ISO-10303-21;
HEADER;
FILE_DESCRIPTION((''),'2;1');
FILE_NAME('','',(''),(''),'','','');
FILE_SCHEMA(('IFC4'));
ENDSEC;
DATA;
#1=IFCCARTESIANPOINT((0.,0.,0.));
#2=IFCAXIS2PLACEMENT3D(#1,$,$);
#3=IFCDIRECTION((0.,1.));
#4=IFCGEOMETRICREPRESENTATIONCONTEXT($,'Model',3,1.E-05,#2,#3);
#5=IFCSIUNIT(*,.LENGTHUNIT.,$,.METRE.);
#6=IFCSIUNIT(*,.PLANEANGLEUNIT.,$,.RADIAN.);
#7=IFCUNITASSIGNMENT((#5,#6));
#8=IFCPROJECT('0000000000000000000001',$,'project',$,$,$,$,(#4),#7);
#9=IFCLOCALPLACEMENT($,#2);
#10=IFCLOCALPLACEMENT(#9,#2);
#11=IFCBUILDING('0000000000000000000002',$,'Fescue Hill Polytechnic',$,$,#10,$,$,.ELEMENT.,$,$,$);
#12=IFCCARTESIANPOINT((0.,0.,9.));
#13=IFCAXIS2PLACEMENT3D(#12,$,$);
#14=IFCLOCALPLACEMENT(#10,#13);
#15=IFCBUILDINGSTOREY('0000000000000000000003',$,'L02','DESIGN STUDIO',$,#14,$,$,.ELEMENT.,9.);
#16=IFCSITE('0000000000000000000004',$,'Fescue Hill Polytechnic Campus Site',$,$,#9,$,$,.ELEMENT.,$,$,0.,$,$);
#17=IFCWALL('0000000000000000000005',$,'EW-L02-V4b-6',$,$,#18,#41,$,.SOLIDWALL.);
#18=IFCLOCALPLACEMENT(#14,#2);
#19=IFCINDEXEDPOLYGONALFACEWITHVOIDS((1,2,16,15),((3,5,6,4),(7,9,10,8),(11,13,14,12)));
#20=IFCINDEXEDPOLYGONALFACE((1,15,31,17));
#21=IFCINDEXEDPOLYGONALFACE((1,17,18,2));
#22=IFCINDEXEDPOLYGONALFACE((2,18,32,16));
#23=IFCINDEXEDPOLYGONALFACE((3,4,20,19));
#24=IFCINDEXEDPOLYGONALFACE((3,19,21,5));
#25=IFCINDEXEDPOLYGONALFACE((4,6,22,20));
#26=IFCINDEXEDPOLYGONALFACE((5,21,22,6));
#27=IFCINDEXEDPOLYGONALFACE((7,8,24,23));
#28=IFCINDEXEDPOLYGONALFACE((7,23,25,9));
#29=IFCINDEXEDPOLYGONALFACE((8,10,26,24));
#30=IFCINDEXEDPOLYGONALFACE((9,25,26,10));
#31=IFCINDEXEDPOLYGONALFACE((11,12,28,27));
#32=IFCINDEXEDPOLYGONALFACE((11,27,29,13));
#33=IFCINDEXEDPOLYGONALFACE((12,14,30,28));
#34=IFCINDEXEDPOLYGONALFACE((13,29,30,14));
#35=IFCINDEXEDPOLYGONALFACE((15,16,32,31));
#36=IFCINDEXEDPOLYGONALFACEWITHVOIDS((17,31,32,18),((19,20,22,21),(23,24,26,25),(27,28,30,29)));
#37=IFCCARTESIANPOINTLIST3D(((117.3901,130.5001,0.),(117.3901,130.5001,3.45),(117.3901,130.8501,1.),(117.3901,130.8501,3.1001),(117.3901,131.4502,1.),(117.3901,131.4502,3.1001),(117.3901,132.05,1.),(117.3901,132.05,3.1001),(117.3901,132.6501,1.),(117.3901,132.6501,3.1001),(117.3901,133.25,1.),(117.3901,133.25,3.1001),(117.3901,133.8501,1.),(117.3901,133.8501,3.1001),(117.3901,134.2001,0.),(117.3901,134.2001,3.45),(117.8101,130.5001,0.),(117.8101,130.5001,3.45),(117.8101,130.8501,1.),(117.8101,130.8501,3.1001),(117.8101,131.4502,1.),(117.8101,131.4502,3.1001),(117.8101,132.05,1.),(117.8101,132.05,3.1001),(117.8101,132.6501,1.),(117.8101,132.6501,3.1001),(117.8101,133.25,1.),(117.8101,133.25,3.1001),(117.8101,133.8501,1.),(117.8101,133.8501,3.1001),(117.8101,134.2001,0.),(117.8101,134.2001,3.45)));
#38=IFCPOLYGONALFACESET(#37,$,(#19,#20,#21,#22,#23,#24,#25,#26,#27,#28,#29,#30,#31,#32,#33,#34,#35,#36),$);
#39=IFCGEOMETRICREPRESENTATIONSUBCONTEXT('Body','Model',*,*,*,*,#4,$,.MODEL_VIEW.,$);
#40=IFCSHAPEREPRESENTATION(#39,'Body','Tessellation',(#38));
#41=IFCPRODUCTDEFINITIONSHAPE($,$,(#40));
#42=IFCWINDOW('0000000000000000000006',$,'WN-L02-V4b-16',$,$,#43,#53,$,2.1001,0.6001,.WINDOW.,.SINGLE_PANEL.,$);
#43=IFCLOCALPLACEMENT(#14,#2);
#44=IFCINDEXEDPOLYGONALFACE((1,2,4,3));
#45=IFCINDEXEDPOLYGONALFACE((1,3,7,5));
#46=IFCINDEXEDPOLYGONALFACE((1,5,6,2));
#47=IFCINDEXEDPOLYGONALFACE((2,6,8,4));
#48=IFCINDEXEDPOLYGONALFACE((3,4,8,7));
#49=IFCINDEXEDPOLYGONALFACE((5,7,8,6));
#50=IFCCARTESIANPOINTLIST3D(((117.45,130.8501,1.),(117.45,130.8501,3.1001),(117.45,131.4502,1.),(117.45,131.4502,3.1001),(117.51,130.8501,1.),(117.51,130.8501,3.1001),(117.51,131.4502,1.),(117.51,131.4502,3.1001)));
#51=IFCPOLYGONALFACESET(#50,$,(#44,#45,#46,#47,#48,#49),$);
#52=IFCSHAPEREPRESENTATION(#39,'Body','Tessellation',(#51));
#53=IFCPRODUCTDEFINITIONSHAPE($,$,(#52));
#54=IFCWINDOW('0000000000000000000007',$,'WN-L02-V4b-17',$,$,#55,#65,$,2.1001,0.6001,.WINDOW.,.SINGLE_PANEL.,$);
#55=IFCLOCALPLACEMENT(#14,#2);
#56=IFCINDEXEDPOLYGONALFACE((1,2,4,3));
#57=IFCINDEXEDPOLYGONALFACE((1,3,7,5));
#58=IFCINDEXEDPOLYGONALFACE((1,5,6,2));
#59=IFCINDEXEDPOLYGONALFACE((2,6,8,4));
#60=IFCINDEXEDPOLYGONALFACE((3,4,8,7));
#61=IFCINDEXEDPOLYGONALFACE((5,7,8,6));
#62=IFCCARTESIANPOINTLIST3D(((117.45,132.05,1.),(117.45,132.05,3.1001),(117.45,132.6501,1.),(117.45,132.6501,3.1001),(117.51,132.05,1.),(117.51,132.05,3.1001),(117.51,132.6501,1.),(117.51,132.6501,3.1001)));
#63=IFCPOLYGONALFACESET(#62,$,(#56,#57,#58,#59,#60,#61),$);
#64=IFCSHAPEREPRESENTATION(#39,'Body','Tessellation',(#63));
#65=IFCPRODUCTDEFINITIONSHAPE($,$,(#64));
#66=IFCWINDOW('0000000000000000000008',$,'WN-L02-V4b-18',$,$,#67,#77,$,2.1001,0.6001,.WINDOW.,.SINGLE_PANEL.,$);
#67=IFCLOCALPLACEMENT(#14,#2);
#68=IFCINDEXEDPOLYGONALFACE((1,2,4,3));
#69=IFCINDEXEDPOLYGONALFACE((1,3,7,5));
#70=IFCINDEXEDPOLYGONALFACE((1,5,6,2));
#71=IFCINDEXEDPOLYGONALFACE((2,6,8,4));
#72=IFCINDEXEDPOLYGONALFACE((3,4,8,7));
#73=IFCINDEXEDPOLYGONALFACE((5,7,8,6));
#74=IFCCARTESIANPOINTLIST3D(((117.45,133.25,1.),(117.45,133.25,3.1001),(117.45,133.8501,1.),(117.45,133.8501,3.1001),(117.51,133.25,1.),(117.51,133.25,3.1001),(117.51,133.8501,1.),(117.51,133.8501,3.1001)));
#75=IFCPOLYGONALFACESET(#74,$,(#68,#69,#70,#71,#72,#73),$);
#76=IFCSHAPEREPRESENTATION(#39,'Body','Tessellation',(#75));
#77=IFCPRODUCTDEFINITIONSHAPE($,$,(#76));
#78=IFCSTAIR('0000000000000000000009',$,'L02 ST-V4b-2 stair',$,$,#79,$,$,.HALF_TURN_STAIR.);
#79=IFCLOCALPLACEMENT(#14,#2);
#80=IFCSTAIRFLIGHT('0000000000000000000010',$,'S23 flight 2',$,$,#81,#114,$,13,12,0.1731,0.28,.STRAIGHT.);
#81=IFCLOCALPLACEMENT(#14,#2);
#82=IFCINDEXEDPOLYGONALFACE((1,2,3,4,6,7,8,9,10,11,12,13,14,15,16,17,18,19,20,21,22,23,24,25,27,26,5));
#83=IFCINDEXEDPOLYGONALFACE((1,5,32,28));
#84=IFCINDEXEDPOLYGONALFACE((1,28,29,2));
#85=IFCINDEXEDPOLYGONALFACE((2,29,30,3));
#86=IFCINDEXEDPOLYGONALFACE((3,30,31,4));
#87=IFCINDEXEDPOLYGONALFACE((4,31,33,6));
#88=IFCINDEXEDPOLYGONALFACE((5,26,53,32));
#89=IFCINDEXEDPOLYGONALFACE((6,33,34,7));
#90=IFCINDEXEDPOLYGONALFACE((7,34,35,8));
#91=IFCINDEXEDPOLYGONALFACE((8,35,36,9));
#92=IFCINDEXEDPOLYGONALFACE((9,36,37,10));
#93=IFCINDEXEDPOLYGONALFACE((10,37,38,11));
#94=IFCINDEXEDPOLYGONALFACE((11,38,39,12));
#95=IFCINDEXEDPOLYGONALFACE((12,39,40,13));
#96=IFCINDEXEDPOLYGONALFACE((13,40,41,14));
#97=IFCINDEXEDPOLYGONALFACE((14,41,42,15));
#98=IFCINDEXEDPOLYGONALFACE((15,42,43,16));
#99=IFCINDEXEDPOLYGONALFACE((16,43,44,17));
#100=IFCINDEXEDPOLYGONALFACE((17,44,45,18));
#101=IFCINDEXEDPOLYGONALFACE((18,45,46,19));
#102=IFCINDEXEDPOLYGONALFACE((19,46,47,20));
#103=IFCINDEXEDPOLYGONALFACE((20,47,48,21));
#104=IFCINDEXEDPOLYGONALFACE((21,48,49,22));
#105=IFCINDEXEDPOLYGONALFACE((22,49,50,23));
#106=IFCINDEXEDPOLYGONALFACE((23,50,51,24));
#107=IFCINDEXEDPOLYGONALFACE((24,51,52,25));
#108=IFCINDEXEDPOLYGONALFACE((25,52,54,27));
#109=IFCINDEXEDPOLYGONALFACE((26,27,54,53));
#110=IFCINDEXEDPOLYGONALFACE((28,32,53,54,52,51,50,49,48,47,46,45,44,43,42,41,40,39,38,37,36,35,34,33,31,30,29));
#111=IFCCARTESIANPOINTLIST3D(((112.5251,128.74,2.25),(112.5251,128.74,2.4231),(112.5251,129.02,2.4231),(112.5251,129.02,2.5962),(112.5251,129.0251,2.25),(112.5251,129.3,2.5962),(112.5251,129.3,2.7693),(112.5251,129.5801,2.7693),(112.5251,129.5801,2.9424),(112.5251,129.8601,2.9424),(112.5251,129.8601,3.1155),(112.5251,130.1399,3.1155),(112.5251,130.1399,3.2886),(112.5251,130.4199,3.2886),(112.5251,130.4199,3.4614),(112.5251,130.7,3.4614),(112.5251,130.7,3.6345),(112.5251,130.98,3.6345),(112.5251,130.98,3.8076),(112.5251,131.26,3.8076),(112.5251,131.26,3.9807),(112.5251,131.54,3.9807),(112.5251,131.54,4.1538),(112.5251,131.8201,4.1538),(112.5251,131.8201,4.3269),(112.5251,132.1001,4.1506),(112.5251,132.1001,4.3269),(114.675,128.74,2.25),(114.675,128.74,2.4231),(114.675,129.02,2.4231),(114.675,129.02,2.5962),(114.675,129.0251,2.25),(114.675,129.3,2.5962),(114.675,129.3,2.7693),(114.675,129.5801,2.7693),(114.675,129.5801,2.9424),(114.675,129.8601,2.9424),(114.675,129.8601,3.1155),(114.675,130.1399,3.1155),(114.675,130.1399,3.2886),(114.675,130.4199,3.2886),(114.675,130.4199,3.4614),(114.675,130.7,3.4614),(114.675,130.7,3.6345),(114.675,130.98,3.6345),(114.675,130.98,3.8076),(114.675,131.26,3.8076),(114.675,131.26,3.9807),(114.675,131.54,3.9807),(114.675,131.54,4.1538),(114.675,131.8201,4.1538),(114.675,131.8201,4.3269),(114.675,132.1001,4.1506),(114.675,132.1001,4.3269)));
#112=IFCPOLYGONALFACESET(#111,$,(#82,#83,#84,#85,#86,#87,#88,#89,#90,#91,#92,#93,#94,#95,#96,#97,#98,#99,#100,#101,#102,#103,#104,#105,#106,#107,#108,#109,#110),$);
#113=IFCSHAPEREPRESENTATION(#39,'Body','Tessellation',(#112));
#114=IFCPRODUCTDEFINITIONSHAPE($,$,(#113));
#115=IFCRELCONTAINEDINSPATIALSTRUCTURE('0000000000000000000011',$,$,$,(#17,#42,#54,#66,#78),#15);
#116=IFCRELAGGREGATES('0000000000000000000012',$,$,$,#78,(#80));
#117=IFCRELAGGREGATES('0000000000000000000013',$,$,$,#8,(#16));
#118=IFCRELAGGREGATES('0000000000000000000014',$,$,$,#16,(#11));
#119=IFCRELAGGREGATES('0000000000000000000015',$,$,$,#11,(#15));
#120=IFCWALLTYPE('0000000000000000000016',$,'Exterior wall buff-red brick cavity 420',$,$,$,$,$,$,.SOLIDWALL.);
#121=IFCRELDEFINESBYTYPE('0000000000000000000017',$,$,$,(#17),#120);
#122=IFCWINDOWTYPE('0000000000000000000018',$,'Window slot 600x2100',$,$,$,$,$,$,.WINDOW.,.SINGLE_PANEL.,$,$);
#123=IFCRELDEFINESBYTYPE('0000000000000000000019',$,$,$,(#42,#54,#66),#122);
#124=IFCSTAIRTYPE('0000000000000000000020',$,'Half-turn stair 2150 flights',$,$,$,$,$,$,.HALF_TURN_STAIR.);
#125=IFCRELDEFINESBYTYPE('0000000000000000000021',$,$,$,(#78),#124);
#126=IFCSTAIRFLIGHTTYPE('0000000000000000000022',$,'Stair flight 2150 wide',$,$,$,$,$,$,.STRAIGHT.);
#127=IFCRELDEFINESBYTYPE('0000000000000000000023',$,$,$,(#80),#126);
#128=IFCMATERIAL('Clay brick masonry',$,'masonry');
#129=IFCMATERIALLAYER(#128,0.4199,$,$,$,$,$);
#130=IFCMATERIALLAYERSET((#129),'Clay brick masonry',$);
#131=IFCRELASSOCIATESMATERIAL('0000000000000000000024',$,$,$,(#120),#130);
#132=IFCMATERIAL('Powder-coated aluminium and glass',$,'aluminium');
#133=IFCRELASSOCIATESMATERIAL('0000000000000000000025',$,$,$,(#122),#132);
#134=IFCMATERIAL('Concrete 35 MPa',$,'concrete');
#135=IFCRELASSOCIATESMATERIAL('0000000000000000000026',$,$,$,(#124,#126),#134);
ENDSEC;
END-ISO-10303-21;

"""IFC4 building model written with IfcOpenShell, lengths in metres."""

from ifc_helpers import new_model, si_unit, direction, frame, frame_2d, origin, place, context, subcontext, project, spatial, polyline, rectangle, outline, extrude, material, layer, layer_set, type_object, element, fill, aggregate, save


model = new_model("IFC4")

# Units and contexts
model_context = context("Model", 3, precision=1e-05, world=origin(), true_north=direction((0.0, 1.0)))
body_context = subcontext(model_context, "Body", "Model", "MODEL_VIEW")
ifc_project = project(units=[si_unit("LENGTHUNIT", "METRE"), si_unit("PLANEANGLEUNIT", "RADIAN")], contexts=[model_context])

# Site, building, storey
site_placement = place(None, origin())
site = spatial("IfcSite", under=ifc_project, at=site_placement, Name="Fescue Hill Polytechnic Campus Site", CompositionType="ELEMENT", RefElevation=0.0)
building_placement = place(site_placement, origin())
building = spatial("IfcBuilding", under=site, at=building_placement, Name="Fescue Hill Polytechnic", CompositionType="ELEMENT")
storey_placement = place(building_placement, frame((0.0, 0.0, 9.0)))
storey = spatial("IfcBuildingStorey", under=building, at=storey_placement, Name="L02", Description="DESIGN STUDIO", CompositionType="ELEMENT", Elevation=9.0)

# Shared definitions
ifc_material_1 = material(Name="Clay brick masonry", Category="masonry")

# Wall, openings, windows
ifc_layer_1 = layer(ifc_material_1, 0.4199)
ifc_layer_set_1 = layer_set([ifc_layer_1], Name="Clay brick masonry")
wall_type_1 = type_object("IfcWallType", Name="Exterior wall buff-red brick cavity 420", PredefinedType="SOLIDWALL", material=ifc_layer_set_1)
wall_1_placement = place(storey_placement, frame((117.6001, 130.5, 0.0), z_axis=(0.0, 0.0, 1.0), x_axis=(0.0, 1.0, 0.0)))
wall_1 = element("IfcWall", 1, at=wall_1_placement, inside=storey, type_object=wall_type_1, Name="EW-L02-V4b-6", PredefinedType="SOLIDWALL", context=body_context, shape_type="SweptSolid", body=[
    extrude(rectangle(XDim=3.7, YDim=0.4199, at=frame_2d((1.8501, 0.0))), origin(), (0.0, 0.0, 1.0), 3.45),
])
opening_1_placement = place(wall_1_placement, frame((0.3501, 0.0, 1.0)))
opening_1 = element("IfcOpeningElement", 2, at=opening_1_placement, cuts=wall_1, PredefinedType="OPENING", context=body_context, shape_type="SweptSolid", body=[
    extrude(rectangle(XDim=0.6001, YDim=2.1001, at=frame_2d((0.3, 1.05))), frame((0.0, 0.22, 0.0), z_axis=(0.0, -1.0, 0.0), x_axis=(1.0, 0.0, 0.0)), (0.0, 0.0, 1.0), 0.4399),
])
opening_2_placement = place(wall_1_placement, frame((1.55, 0.0, 1.0)))
opening_2 = element("IfcOpeningElement", 3, at=opening_2_placement, cuts=wall_1, PredefinedType="OPENING", context=body_context, shape_type="SweptSolid", body=[
    extrude(rectangle(XDim=0.6001, YDim=2.1001, at=frame_2d((0.3, 1.05))), frame((0.0, 0.22, 0.0), z_axis=(0.0, -1.0, 0.0), x_axis=(1.0, 0.0, 0.0)), (0.0, 0.0, 1.0), 0.4399),
])
opening_3_placement = place(wall_1_placement, frame((2.75, 0.0, 1.0)))
opening_3 = element("IfcOpeningElement", 4, at=opening_3_placement, cuts=wall_1, PredefinedType="OPENING", context=body_context, shape_type="SweptSolid", body=[
    extrude(rectangle(XDim=0.6001, YDim=2.1001, at=frame_2d((0.3, 1.05))), frame((0.0, 0.22, 0.0), z_axis=(0.0, -1.0, 0.0), x_axis=(1.0, 0.0, 0.0)), (0.0, 0.0, 1.0), 0.4399),
])
ifc_material_2 = material(Name="Powder-coated aluminium and glass", Category="aluminium")
window_type = type_object("IfcWindowType", Name="Window slot 600x2100", PartitioningType="SINGLE_PANEL", PredefinedType="WINDOW", material=ifc_material_2)
window_1_placement = place(opening_1_placement, origin())
window_1 = element("IfcWindow", 5, at=window_1_placement, inside=storey, type_object=window_type, Name="WN-L02-V4b-16", OverallHeight=2.1001, OverallWidth=0.6001, PartitioningType="SINGLE_PANEL", PredefinedType="WINDOW", context=body_context, shape_type="SweptSolid", body=[
    extrude(rectangle(XDim=0.6001, YDim=2.1001, at=frame_2d((0.3, 1.05))), frame((0.0, 0.1501, 0.0), z_axis=(0.0, -1.0, 0.0), x_axis=(1.0, 0.0, 0.0)), (0.0, 0.0, 1.0), 0.0601),
])
fill(opening_1, window_1)
window_2_placement = place(opening_2_placement, origin())
window_2 = element("IfcWindow", 6, at=window_2_placement, inside=storey, type_object=window_type, Name="WN-L02-V4b-17", OverallHeight=2.1001, OverallWidth=0.6001, PartitioningType="SINGLE_PANEL", PredefinedType="WINDOW", context=body_context, shape_type="SweptSolid", body=[
    extrude(rectangle(XDim=0.6001, YDim=2.1001, at=frame_2d((0.3, 1.05))), frame((0.0, 0.1501, 0.0), z_axis=(0.0, -1.0, 0.0), x_axis=(1.0, 0.0, 0.0)), (0.0, 0.0, 1.0), 0.0601),
])
fill(opening_2, window_2)
window_3_placement = place(opening_3_placement, origin())
window_3 = element("IfcWindow", 7, at=window_3_placement, inside=storey, type_object=window_type, Name="WN-L02-V4b-18", OverallHeight=2.1001, OverallWidth=0.6001, PartitioningType="SINGLE_PANEL", PredefinedType="WINDOW", context=body_context, shape_type="SweptSolid", body=[
    extrude(rectangle(XDim=0.6001, YDim=2.1001, at=frame_2d((0.3, 1.05))), frame((0.0, 0.1501, 0.0), z_axis=(0.0, -1.0, 0.0), x_axis=(1.0, 0.0, 0.0)), (0.0, 0.0, 1.0), 0.0601),
])
fill(opening_3, window_3)

# Stair, stair flight
ifc_material_3 = material(Name="Concrete 35 MPa", Category="concrete")
stair_type = type_object("IfcStairType", Name="Half-turn stair 2150 flights", PredefinedType="HALF_TURN_STAIR", material=ifc_material_3)
stair_placement = place(storey_placement, origin())
stair = element("IfcStair", 8, at=stair_placement, inside=storey, type_object=stair_type, Name="L02 ST-V4b-2 stair", PredefinedType="HALF_TURN_STAIR")
stair_flight_type = type_object("IfcStairFlightType", Name="Stair flight 2150 wide", PredefinedType="STRAIGHT", material=ifc_material_3)
stair_flight_placement = place(storey_placement, frame((113.6001, 128.74, 2.25), z_axis=(0.0, 0.0, 1.0), x_axis=(0.0, 1.0, 0.0)))
stair_flight = element("IfcStairFlight", 9, at=stair_flight_placement, type_object=stair_flight_type, Name="S23 flight 2", NumberOfRisers=13, NumberOfTreads=12, PredefinedType="STRAIGHT", RiserHeight=0.1731, TreadLength=0.28, context=body_context, shape_type="SweptSolid", body=[
    extrude(outline(polyline([(0.0, 0.0), (0.0, 0.1731), (0.28, 0.1731), (0.28, 0.3462), (0.5601, 0.3462), (0.5601, 0.5193), (0.8401, 0.5193), (0.8401, 0.6924), (1.1201, 0.6924), (1.1201, 0.8655), (1.3999, 0.8655), (1.3999, 1.0386), (1.6799, 1.0386), (1.6799, 1.2114), (1.96, 1.2114), (1.96, 1.3845), (2.24, 1.3845), (2.24, 1.5576), (2.52, 1.5576), (2.52, 1.7307), (2.8, 1.7307), (2.8, 1.9038), (3.0801, 1.9038), (3.0801, 2.0769), (3.3601, 2.0769), (3.3601, 2.25), (3.3601, 1.9006), (0.2852, 0.0), (0.0, 0.0)])), frame((0.0, 1.075, 0.0), z_axis=(0.0, -1.0, 0.0), x_axis=(1.0, 0.0, 0.0)), (0.0, 0.0, 1.0), 2.1499),
])
aggregate(stair, [stair_flight])

save(model, "model.ifc")
